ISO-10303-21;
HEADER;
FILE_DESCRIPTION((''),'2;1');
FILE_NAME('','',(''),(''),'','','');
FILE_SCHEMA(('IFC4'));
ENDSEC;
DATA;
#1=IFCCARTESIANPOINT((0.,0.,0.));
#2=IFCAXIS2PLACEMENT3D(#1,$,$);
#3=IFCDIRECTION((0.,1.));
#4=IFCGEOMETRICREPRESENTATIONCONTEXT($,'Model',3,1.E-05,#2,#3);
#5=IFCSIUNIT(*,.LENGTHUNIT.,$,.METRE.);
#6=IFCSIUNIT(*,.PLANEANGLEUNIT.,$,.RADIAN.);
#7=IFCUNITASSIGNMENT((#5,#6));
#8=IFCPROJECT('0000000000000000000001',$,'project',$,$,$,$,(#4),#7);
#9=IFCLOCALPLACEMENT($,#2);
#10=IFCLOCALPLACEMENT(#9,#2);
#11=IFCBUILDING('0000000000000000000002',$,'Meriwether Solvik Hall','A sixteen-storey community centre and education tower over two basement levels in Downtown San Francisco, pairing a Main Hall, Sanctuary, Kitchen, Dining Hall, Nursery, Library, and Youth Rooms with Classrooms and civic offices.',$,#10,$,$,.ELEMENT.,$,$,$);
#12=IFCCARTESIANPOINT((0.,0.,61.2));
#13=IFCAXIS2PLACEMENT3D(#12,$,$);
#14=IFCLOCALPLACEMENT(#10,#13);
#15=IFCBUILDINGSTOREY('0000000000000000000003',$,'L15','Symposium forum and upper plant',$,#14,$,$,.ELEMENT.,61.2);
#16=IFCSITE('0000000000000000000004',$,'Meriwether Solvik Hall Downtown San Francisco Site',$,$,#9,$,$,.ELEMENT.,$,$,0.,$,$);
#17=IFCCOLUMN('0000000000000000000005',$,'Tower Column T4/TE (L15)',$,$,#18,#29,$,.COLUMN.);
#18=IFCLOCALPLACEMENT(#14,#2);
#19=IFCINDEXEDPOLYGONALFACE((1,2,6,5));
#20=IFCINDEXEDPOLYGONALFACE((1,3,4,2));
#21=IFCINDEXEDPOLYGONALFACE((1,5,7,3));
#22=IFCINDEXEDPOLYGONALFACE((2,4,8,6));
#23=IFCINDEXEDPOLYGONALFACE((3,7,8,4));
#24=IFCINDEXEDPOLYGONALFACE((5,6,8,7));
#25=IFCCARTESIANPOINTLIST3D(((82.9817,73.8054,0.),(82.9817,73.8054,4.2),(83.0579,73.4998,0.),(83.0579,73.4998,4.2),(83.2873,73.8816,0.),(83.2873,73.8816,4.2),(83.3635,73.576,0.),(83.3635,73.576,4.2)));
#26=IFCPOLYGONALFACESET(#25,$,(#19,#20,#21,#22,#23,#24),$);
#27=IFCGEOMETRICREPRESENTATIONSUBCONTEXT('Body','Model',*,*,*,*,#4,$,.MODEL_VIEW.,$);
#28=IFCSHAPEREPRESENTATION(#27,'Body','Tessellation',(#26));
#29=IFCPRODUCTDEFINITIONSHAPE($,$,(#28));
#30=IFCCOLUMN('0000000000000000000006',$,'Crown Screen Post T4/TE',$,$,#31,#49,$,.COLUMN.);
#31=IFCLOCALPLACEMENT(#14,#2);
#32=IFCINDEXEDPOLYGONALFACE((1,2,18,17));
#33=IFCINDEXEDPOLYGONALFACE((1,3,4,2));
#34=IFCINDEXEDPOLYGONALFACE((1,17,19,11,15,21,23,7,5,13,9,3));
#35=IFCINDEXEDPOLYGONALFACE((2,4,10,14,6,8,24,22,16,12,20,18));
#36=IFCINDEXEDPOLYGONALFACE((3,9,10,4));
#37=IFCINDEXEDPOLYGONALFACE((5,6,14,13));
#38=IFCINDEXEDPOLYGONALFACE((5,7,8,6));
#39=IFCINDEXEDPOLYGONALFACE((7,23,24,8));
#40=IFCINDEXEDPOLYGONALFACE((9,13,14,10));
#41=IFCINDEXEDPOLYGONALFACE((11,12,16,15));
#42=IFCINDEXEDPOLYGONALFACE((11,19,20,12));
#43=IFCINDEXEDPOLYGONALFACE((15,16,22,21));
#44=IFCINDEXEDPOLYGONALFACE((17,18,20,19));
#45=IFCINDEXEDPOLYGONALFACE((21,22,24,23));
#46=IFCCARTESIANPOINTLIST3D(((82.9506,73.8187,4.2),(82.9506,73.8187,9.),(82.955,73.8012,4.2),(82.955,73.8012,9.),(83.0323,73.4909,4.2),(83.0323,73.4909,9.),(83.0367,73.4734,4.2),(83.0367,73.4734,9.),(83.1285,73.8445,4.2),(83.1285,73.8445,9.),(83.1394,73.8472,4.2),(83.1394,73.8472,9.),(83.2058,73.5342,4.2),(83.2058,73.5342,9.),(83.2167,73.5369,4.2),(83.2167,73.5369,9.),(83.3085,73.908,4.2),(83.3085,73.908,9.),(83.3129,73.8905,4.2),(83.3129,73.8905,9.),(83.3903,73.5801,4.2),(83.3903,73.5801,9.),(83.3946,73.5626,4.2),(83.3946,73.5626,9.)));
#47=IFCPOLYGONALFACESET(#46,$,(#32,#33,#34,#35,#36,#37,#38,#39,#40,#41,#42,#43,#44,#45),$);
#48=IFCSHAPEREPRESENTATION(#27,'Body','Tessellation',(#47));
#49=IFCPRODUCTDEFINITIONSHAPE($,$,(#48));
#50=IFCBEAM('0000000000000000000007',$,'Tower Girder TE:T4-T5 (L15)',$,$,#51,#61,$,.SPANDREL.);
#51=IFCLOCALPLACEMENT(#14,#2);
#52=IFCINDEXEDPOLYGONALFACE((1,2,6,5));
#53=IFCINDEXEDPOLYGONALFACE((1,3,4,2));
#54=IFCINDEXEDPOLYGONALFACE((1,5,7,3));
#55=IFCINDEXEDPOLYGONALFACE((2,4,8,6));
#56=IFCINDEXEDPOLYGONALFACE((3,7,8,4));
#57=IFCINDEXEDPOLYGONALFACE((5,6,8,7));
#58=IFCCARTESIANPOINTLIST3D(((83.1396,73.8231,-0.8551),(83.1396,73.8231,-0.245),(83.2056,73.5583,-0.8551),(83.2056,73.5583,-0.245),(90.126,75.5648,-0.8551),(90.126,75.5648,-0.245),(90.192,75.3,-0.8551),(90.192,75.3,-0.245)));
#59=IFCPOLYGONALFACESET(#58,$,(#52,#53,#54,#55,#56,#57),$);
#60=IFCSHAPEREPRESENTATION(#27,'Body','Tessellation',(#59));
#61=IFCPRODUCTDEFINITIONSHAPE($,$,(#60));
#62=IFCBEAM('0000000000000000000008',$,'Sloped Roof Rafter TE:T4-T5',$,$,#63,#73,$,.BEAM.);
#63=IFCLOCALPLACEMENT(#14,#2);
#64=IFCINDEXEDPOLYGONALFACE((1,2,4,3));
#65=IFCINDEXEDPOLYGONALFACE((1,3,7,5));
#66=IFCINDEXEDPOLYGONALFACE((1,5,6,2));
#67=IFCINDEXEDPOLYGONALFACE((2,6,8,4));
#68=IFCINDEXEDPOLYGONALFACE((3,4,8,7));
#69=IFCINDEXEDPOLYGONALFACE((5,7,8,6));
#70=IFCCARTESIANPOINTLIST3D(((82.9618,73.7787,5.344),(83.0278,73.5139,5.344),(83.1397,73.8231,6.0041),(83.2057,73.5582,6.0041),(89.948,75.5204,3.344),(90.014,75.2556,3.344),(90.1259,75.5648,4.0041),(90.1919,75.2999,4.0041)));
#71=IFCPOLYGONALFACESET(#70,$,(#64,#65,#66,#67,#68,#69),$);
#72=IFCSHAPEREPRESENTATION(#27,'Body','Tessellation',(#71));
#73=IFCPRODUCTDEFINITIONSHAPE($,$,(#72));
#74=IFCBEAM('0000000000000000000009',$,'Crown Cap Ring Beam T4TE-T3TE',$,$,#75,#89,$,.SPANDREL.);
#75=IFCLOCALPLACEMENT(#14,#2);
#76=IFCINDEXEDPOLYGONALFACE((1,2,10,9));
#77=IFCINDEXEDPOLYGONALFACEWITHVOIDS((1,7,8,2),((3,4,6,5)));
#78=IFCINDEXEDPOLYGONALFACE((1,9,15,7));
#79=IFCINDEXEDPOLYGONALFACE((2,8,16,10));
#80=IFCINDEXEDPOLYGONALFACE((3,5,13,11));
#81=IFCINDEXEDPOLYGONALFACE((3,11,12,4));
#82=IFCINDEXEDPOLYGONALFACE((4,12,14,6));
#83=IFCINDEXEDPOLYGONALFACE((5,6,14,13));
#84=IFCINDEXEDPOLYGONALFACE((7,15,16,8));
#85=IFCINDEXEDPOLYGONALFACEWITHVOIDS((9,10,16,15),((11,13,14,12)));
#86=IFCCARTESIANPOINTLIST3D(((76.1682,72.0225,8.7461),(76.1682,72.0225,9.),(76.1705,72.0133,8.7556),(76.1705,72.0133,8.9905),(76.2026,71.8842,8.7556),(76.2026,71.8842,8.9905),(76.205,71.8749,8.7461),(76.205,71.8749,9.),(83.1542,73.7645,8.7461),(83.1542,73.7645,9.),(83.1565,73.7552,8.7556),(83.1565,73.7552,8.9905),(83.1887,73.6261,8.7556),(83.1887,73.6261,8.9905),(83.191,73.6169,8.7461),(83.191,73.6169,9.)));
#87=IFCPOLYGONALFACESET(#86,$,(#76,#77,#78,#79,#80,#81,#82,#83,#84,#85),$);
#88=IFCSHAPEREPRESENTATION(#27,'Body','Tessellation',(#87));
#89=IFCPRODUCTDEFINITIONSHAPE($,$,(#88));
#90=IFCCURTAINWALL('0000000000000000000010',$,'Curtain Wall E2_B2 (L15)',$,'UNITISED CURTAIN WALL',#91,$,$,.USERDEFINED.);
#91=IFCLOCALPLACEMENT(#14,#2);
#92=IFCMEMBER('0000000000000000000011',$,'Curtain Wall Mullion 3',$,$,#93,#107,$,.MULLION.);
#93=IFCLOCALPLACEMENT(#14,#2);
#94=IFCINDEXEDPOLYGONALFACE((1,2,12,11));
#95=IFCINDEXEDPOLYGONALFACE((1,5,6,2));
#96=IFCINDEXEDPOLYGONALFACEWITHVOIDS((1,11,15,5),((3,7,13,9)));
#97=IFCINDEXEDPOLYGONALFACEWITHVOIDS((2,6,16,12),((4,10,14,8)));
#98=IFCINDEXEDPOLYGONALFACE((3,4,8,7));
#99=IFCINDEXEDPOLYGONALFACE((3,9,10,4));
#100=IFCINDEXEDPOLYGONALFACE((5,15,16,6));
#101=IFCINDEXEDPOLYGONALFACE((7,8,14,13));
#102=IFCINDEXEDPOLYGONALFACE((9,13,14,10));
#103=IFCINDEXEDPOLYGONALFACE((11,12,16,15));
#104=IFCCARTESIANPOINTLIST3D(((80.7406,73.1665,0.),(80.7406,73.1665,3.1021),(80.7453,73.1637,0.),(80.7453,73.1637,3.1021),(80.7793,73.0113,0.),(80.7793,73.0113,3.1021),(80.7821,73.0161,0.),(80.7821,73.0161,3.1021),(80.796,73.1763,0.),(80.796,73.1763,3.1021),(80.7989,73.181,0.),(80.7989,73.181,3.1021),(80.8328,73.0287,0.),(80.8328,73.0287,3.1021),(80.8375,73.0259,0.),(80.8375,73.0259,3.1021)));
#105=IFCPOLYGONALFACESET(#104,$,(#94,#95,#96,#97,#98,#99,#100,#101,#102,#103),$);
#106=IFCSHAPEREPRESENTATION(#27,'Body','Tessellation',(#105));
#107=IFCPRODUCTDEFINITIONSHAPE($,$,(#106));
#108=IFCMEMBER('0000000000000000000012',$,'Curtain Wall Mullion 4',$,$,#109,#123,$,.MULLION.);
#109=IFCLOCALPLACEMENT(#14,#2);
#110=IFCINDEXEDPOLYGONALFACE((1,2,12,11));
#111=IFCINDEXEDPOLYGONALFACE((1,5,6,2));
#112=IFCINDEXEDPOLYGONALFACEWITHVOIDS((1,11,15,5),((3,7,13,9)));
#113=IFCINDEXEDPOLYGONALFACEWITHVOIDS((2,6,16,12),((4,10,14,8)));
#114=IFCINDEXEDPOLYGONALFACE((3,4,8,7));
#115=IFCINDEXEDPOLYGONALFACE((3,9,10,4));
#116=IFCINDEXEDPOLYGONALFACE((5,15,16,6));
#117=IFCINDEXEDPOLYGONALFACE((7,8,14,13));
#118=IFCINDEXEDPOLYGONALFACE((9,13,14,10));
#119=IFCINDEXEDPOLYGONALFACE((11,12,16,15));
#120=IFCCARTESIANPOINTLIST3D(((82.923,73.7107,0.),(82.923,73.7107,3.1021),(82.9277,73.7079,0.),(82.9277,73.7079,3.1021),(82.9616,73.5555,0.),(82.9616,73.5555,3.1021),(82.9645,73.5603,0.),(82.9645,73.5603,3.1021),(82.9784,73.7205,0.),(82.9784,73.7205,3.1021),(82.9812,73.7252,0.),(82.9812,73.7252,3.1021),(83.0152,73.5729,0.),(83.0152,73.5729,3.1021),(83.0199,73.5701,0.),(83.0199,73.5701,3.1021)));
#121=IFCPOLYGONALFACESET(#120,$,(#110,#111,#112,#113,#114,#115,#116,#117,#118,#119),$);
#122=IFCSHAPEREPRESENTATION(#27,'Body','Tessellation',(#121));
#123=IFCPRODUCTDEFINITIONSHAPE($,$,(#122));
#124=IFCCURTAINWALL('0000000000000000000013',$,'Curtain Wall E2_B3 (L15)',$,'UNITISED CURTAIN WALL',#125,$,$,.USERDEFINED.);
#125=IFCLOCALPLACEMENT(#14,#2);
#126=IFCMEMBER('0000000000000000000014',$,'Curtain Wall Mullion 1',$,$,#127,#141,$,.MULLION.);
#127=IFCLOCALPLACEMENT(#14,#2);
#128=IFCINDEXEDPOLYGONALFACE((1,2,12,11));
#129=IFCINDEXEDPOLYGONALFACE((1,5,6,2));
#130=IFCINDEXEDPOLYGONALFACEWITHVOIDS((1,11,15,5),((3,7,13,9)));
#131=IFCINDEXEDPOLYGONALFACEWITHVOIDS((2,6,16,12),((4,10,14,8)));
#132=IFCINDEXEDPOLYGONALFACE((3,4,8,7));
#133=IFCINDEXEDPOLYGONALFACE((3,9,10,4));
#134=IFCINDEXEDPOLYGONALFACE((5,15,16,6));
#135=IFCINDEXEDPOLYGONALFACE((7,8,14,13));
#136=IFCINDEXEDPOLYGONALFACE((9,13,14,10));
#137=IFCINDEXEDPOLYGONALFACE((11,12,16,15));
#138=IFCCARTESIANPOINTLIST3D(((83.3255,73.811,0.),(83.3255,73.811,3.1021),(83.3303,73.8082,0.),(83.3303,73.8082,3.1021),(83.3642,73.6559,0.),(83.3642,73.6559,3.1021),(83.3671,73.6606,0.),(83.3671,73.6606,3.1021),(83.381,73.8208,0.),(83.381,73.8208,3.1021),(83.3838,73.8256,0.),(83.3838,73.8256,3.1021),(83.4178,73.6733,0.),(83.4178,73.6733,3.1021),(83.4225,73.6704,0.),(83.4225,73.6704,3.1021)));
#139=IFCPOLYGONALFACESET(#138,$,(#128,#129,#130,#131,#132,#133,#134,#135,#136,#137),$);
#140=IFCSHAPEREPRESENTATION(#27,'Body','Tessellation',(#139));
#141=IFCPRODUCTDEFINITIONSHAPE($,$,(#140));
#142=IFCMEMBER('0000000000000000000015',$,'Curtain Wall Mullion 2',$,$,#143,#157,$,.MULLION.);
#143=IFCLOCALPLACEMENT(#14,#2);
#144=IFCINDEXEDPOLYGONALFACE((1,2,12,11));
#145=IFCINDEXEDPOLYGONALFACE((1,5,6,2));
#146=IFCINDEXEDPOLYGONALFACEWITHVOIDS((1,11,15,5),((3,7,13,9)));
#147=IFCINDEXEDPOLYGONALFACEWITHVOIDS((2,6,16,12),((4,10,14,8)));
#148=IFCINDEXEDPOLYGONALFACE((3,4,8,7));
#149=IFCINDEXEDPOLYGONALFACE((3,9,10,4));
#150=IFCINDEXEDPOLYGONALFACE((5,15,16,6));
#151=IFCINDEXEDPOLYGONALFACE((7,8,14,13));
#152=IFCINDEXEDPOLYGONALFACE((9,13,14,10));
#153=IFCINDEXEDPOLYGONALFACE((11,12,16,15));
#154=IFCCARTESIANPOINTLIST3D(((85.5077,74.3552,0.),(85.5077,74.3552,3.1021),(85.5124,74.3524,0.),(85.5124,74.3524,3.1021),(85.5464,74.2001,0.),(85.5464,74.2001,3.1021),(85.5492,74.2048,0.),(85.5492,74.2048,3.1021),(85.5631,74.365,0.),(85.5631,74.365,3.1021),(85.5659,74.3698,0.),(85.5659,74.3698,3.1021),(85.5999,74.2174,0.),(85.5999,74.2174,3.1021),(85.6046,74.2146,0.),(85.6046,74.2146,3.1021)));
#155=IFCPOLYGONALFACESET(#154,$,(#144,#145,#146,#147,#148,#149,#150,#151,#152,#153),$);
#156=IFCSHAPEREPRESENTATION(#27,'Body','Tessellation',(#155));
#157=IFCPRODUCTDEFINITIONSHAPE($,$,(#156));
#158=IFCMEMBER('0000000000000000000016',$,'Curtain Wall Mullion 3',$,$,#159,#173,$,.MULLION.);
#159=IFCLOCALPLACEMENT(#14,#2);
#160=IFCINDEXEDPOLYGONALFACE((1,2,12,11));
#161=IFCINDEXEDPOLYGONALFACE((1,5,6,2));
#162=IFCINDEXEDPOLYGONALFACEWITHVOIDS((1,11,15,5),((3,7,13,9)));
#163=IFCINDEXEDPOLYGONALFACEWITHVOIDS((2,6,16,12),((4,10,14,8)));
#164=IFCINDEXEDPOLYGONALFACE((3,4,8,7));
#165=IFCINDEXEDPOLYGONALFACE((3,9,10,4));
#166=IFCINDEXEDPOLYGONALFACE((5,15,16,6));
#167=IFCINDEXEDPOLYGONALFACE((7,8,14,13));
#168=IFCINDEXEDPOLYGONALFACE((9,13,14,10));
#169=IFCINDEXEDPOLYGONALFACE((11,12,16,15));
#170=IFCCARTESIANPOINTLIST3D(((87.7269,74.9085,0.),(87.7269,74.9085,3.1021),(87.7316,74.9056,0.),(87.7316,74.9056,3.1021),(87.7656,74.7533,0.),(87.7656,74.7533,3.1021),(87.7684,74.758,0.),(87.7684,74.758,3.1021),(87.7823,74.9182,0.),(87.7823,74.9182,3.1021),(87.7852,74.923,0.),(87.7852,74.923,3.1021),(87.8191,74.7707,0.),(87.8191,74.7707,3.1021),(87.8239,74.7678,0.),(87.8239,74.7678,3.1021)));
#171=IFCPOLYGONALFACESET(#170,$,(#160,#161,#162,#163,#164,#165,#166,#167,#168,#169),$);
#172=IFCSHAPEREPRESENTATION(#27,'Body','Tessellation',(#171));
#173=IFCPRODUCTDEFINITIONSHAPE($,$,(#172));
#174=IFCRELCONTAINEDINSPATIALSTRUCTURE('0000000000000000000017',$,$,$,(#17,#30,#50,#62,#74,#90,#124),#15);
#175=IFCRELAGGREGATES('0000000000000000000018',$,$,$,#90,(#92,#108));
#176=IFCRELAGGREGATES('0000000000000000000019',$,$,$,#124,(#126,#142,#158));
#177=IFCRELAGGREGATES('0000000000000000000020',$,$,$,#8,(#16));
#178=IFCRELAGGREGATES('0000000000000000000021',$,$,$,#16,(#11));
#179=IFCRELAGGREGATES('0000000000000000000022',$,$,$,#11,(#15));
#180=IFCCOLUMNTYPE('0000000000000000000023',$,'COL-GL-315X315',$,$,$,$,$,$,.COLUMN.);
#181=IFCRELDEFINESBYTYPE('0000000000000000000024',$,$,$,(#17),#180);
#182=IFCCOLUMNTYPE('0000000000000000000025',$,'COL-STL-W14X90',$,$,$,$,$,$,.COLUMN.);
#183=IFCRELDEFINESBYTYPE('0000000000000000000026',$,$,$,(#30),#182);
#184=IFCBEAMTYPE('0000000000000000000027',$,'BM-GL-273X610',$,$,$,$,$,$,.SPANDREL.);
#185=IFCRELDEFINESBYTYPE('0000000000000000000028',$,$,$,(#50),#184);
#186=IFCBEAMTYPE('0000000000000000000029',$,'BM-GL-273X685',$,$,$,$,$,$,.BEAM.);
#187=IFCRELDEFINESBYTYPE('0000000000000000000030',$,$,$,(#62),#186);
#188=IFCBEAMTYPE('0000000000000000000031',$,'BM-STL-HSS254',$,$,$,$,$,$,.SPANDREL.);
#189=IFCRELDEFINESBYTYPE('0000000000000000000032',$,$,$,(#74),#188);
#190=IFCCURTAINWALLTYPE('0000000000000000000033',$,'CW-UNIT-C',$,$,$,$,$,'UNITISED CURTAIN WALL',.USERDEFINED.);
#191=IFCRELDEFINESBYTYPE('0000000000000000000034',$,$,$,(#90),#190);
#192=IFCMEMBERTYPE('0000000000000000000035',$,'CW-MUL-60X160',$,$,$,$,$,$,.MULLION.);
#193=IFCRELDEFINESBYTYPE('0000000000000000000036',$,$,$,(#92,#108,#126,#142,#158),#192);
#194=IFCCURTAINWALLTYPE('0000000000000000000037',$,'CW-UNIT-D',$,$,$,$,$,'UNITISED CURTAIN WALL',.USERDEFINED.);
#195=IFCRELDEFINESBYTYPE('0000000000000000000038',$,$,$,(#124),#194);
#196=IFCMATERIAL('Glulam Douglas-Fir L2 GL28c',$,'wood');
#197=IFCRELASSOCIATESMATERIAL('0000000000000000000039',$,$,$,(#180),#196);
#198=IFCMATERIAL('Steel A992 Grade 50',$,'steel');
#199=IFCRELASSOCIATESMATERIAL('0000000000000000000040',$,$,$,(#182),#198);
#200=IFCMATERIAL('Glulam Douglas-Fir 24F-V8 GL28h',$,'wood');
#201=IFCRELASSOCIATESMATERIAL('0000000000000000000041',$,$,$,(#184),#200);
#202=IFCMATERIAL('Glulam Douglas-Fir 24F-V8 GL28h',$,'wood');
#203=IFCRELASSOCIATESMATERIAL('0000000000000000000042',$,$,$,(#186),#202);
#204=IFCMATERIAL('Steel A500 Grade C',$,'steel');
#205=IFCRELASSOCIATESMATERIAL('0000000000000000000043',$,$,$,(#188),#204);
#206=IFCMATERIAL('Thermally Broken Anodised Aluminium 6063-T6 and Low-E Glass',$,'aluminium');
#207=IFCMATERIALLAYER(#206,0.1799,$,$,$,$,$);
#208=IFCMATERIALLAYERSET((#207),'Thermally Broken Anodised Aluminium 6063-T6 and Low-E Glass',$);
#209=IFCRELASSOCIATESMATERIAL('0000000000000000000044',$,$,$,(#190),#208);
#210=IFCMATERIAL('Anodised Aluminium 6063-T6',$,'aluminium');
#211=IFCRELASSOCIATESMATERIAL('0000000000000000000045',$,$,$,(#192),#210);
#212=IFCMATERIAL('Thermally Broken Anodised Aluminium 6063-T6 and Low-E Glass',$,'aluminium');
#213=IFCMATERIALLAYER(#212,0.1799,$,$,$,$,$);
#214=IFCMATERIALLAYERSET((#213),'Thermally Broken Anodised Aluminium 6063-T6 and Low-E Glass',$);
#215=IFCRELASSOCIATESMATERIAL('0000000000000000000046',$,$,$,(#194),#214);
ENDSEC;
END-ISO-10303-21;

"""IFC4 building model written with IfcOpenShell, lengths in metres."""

from ifc_helpers import new_model, si_unit, direction, frame, origin, origin_2d, place, context, subcontext, project, spatial, rectangle, hollow_rectangle, i_section, extrude, material, layer, layer_set, material_profile, profile_set, type_object, element, aggregate, save


model = new_model("IFC4")

# Units and contexts
model_context = context("Model", 3, precision=1e-05, world=origin(), true_north=direction((0.0, 1.0)))
body_context = subcontext(model_context, "Body", "Model", "MODEL_VIEW")
ifc_project = project(units=[si_unit("LENGTHUNIT", "METRE"), si_unit("PLANEANGLEUNIT", "RADIAN")], contexts=[model_context])

# Site, building, storey
site_placement = place(None, origin())
site = spatial("IfcSite", under=ifc_project, at=site_placement, Name="Meriwether Solvik Hall Downtown San Francisco Site", CompositionType="ELEMENT", RefElevation=0.0)
building_placement = place(site_placement, origin())
building = spatial("IfcBuilding", under=site, at=building_placement, Name="Meriwether Solvik Hall", Description="A sixteen-storey community centre and education tower over two basement levels in Downtown San Francisco, pairing a Main Hall, Sanctuary, Kitchen, Dining Hall, Nursery, Library, and Youth Rooms with Classrooms and civic offices.", CompositionType="ELEMENT")
storey_placement = place(building_placement, frame((0.0, 0.0, 61.2)))
storey = spatial("IfcBuildingStorey", under=building, at=storey_placement, Name="L15", Description="Symposium forum and upper plant", CompositionType="ELEMENT", Elevation=61.2)

# Columns
ifc_material_1 = material(Name="Glulam Douglas-Fir L2 GL28c", Category="wood")
ifc_material_profile_1 = material_profile(ifc_material_1, rectangle(XDim=0.3149, YDim=0.3149, at=origin_2d()), Name="GLC-315X315")
ifc_profile_set_1 = profile_set([ifc_material_profile_1], Name="Glulam Douglas-Fir L2 GL28c")
column_type_1 = type_object("IfcColumnType", Name="COL-GL-315X315", PredefinedType="COLUMN", material=ifc_profile_set_1)
column_1_placement = place(storey_placement, frame((83.1726, 73.6907, 0.0), z_axis=(0.0, 0.0, 1.0), x_axis=(0.970296, 0.241922, 0.0)))
element("IfcColumn", 1, at=column_1_placement, inside=storey, type_object=column_type_1, Name="Tower Column T4/TE (L15)", PredefinedType="COLUMN", context=body_context, shape_type="SweptSolid", body=[
    extrude(rectangle(XDim=0.3149, YDim=0.3149, at=origin_2d()), origin(), (0.0, 0.0, 1.0), 4.2),
])
ifc_material_2 = material(Name="Steel A992 Grade 50", Category="steel")
ifc_material_profile_2 = material_profile(ifc_material_2, i_section(OverallWidth=0.3689, OverallDepth=0.356, WebThickness=0.0112, FlangeThickness=0.0181, at=origin_2d()), Name="W14X90")
ifc_profile_set_2 = profile_set([ifc_material_profile_2], Name="Steel A992 Grade 50")
column_type_2 = type_object("IfcColumnType", Name="COL-STL-W14X90", PredefinedType="COLUMN", material=ifc_profile_set_2)
column_2_placement = place(storey_placement, frame((83.1726, 73.6907, 4.2), z_axis=(0.0, 0.0, 1.0), x_axis=(0.970296, 0.241922, 0.0)))
element("IfcColumn", 2, at=column_2_placement, inside=storey, type_object=column_type_2, Name="Crown Screen Post T4/TE", PredefinedType="COLUMN", context=body_context, shape_type="SweptSolid", body=[
    extrude(i_section(OverallWidth=0.3689, OverallDepth=0.356, WebThickness=0.0112, FlangeThickness=0.0181, at=origin_2d()), origin(), (0.0, 0.0, 1.0), 4.8),
])

# Beams
ifc_material_3 = material(Name="Glulam Douglas-Fir 24F-V8 GL28h", Category="wood")
ifc_material_profile_3 = material_profile(ifc_material_3, rectangle(XDim=0.2729, YDim=0.6101, at=origin_2d()), Name="GLB-273X610")
ifc_profile_set_3 = profile_set([ifc_material_profile_3], Name="Glulam Douglas-Fir 24F-V8 GL28h")
beam_type_1 = type_object("IfcBeamType", Name="BM-GL-273X610", PredefinedType="SPANDREL", material=ifc_profile_set_3)
beam_1_placement = place(storey_placement, frame((83.1726, 73.6907, -0.55), z_axis=(0.970302, 0.241897, 0.0), x_axis=(-0.241897, 0.970302, 0.0)))
element("IfcBeam", 3, at=beam_1_placement, inside=storey, type_object=beam_type_1, Name="Tower Girder TE:T4-T5 (L15)", PredefinedType="SPANDREL", context=body_context, shape_type="SweptSolid", body=[
    extrude(rectangle(XDim=0.2729, YDim=0.6101, at=origin_2d()), origin(), (0.0, 0.0, 1.0), 7.2002),
])
ifc_material_4 = material(Name="Glulam Douglas-Fir 24F-V8 GL28h", Category="wood")
ifc_material_profile_4 = material_profile(ifc_material_4, rectangle(XDim=0.2729, YDim=0.6851, at=origin_2d()), Name="GLB-273X685")
ifc_profile_set_4 = profile_set([ifc_material_profile_4], Name="Glulam Douglas-Fir 24F-V8 GL28h")
beam_type_2 = type_object("IfcBeamType", Name="BM-GL-273X685", PredefinedType="BEAM", material=ifc_profile_set_4)
beam_2_placement = place(storey_placement, frame((83.0837, 73.6685, 5.6741), z_axis=(0.934901, 0.23308, -0.267647), x_axis=(-0.241905, 0.9703, 0.0)))
element("IfcBeam", 4, at=beam_2_placement, inside=storey, type_object=beam_type_2, Name="Sloped Roof Rafter TE:T4-T5", PredefinedType="BEAM", context=body_context, shape_type="SweptSolid", body=[
    extrude(rectangle(XDim=0.2729, YDim=0.6851, at=origin_2d()), origin(), (0.0, 0.0, 1.0), 7.4727),
])
ifc_material_5 = material(Name="Steel A500 Grade C", Category="steel")
ifc_material_profile_5 = material_profile(ifc_material_5, hollow_rectangle(XDim=0.1521, YDim=0.2539, WallThickness=0.0095, at=origin_2d()), Name="HSS254X152X9.5")
ifc_profile_set_5 = profile_set([ifc_material_profile_5], Name="Steel A500 Grade C")
beam_type_3 = type_object("IfcBeamType", Name="BM-STL-HSS254", PredefinedType="SPANDREL", material=ifc_profile_set_5)
beam_3_placement = place(storey_placement, frame((83.1726, 73.6907, 8.873), z_axis=(-0.970292, -0.241937, 0.0), x_axis=(0.241937, -0.970292, 0.0)))
element("IfcBeam", 5, at=beam_3_placement, inside=storey, type_object=beam_type_3, Name="Crown Cap Ring Beam T4TE-T3TE", PredefinedType="SPANDREL", context=body_context, shape_type="SweptSolid", body=[
    extrude(hollow_rectangle(XDim=0.1521, YDim=0.2539, WallThickness=0.0095, at=origin_2d()), origin(), (0.0, 0.0, 1.0), 7.2),
])

# Curtain walls, members
ifc_material_6 = material(Name="Thermally Broken Anodised Aluminium 6063-T6 and Low-E Glass", Category="aluminium")
ifc_layer_1 = layer(ifc_material_6, 0.1799)
ifc_layer_set_1 = layer_set([ifc_layer_1], Name="Thermally Broken Anodised Aluminium 6063-T6 and Low-E Glass")
curtain_wall_type_1 = type_object("IfcCurtainWallType", Name="CW-UNIT-C", ElementType="UNITISED CURTAIN WALL", PredefinedType="USERDEFINED", material=ifc_layer_set_1)
curtain_wall_1_placement = place(storey_placement, origin())
curtain_wall_1 = element("IfcCurtainWall", 6, at=curtain_wall_1_placement, inside=storey, type_object=curtain_wall_type_1, Name="Curtain Wall E2_B2 (L15)", ObjectType="UNITISED CURTAIN WALL", PredefinedType="USERDEFINED")
ifc_material_7 = material(Name="Anodised Aluminium 6063-T6", Category="aluminium")
ifc_material_profile_6 = material_profile(ifc_material_7, hollow_rectangle(XDim=0.0601, YDim=0.1599, WallThickness=0.0039, at=origin_2d()), Name="CWM-60X160")
ifc_profile_set_6 = profile_set([ifc_material_profile_6], Name="Anodised Aluminium 6063-T6")
member_type_1 = type_object("IfcMemberType", Name="CW-MUL-60X160", PredefinedType="MULLION", material=ifc_profile_set_6)
member_1_placement = place(storey_placement, frame((80.7891, 73.0962, 0.0), z_axis=(0.0, 0.0, 1.0), x_axis=(0.970296, 0.241922, 0.0)))
member_1 = element("IfcMember", 7, at=member_1_placement, type_object=member_type_1, Name="Curtain Wall Mullion 3", PredefinedType="MULLION", context=body_context, shape_type="SweptSolid", body=[
    extrude(hollow_rectangle(XDim=0.0601, YDim=0.1599, WallThickness=0.0039, at=origin_2d()), origin(), (0.0, 0.0, 1.0), 3.1021),
])
member_2_placement = place(storey_placement, frame((82.9714, 73.6404, 0.0), z_axis=(0.0, 0.0, 1.0), x_axis=(0.970296, 0.241922, 0.0)))
member_2 = element("IfcMember", 8, at=member_2_placement, type_object=member_type_1, Name="Curtain Wall Mullion 4", PredefinedType="MULLION", context=body_context, shape_type="SweptSolid", body=[
    extrude(hollow_rectangle(XDim=0.0601, YDim=0.1599, WallThickness=0.0039, at=origin_2d()), origin(), (0.0, 0.0, 1.0), 3.1021),
])
ifc_material_8 = material(Name="Thermally Broken Anodised Aluminium 6063-T6 and Low-E Glass", Category="aluminium")
ifc_layer_2 = layer(ifc_material_8, 0.1799)
ifc_layer_set_2 = layer_set([ifc_layer_2], Name="Thermally Broken Anodised Aluminium 6063-T6 and Low-E Glass")
curtain_wall_type_2 = type_object("IfcCurtainWallType", Name="CW-UNIT-D", ElementType="UNITISED CURTAIN WALL", PredefinedType="USERDEFINED", material=ifc_layer_set_2)
curtain_wall_2_placement = place(storey_placement, origin())
curtain_wall_2 = element("IfcCurtainWall", 9, at=curtain_wall_2_placement, inside=storey, type_object=curtain_wall_type_2, Name="Curtain Wall E2_B3 (L15)", ObjectType="UNITISED CURTAIN WALL", PredefinedType="USERDEFINED")
member_3_placement = place(storey_placement, frame((83.374, 73.7407, 0.0), z_axis=(0.0, 0.0, 1.0), x_axis=(0.970296, 0.241922, 0.0)))
member_3 = element("IfcMember", 10, at=member_3_placement, type_object=member_type_1, Name="Curtain Wall Mullion 1", PredefinedType="MULLION", context=body_context, shape_type="SweptSolid", body=[
    extrude(hollow_rectangle(XDim=0.0601, YDim=0.1599, WallThickness=0.0039, at=origin_2d()), origin(), (0.0, 0.0, 1.0), 3.1021),
])
member_4_placement = place(storey_placement, frame((85.5562, 74.2849, 0.0), z_axis=(0.0, 0.0, 1.0), x_axis=(0.970296, 0.241922, 0.0)))
member_4 = element("IfcMember", 11, at=member_4_placement, type_object=member_type_1, Name="Curtain Wall Mullion 2", PredefinedType="MULLION", context=body_context, shape_type="SweptSolid", body=[
    extrude(hollow_rectangle(XDim=0.0601, YDim=0.1599, WallThickness=0.0039, at=origin_2d()), origin(), (0.0, 0.0, 1.0), 3.1021),
])
member_5_placement = place(storey_placement, frame((87.7754, 74.8381, 0.0), z_axis=(0.0, 0.0, 1.0), x_axis=(0.970296, 0.241922, 0.0)))
member_5 = element("IfcMember", 12, at=member_5_placement, type_object=member_type_1, Name="Curtain Wall Mullion 3", PredefinedType="MULLION", context=body_context, shape_type="SweptSolid", body=[
    extrude(hollow_rectangle(XDim=0.0601, YDim=0.1599, WallThickness=0.0039, at=origin_2d()), origin(), (0.0, 0.0, 1.0), 3.1021),
])

aggregate(curtain_wall_1, [member_1, member_2])
aggregate(curtain_wall_2, [member_3, member_4, member_5])

save(model, "model.ifc")
